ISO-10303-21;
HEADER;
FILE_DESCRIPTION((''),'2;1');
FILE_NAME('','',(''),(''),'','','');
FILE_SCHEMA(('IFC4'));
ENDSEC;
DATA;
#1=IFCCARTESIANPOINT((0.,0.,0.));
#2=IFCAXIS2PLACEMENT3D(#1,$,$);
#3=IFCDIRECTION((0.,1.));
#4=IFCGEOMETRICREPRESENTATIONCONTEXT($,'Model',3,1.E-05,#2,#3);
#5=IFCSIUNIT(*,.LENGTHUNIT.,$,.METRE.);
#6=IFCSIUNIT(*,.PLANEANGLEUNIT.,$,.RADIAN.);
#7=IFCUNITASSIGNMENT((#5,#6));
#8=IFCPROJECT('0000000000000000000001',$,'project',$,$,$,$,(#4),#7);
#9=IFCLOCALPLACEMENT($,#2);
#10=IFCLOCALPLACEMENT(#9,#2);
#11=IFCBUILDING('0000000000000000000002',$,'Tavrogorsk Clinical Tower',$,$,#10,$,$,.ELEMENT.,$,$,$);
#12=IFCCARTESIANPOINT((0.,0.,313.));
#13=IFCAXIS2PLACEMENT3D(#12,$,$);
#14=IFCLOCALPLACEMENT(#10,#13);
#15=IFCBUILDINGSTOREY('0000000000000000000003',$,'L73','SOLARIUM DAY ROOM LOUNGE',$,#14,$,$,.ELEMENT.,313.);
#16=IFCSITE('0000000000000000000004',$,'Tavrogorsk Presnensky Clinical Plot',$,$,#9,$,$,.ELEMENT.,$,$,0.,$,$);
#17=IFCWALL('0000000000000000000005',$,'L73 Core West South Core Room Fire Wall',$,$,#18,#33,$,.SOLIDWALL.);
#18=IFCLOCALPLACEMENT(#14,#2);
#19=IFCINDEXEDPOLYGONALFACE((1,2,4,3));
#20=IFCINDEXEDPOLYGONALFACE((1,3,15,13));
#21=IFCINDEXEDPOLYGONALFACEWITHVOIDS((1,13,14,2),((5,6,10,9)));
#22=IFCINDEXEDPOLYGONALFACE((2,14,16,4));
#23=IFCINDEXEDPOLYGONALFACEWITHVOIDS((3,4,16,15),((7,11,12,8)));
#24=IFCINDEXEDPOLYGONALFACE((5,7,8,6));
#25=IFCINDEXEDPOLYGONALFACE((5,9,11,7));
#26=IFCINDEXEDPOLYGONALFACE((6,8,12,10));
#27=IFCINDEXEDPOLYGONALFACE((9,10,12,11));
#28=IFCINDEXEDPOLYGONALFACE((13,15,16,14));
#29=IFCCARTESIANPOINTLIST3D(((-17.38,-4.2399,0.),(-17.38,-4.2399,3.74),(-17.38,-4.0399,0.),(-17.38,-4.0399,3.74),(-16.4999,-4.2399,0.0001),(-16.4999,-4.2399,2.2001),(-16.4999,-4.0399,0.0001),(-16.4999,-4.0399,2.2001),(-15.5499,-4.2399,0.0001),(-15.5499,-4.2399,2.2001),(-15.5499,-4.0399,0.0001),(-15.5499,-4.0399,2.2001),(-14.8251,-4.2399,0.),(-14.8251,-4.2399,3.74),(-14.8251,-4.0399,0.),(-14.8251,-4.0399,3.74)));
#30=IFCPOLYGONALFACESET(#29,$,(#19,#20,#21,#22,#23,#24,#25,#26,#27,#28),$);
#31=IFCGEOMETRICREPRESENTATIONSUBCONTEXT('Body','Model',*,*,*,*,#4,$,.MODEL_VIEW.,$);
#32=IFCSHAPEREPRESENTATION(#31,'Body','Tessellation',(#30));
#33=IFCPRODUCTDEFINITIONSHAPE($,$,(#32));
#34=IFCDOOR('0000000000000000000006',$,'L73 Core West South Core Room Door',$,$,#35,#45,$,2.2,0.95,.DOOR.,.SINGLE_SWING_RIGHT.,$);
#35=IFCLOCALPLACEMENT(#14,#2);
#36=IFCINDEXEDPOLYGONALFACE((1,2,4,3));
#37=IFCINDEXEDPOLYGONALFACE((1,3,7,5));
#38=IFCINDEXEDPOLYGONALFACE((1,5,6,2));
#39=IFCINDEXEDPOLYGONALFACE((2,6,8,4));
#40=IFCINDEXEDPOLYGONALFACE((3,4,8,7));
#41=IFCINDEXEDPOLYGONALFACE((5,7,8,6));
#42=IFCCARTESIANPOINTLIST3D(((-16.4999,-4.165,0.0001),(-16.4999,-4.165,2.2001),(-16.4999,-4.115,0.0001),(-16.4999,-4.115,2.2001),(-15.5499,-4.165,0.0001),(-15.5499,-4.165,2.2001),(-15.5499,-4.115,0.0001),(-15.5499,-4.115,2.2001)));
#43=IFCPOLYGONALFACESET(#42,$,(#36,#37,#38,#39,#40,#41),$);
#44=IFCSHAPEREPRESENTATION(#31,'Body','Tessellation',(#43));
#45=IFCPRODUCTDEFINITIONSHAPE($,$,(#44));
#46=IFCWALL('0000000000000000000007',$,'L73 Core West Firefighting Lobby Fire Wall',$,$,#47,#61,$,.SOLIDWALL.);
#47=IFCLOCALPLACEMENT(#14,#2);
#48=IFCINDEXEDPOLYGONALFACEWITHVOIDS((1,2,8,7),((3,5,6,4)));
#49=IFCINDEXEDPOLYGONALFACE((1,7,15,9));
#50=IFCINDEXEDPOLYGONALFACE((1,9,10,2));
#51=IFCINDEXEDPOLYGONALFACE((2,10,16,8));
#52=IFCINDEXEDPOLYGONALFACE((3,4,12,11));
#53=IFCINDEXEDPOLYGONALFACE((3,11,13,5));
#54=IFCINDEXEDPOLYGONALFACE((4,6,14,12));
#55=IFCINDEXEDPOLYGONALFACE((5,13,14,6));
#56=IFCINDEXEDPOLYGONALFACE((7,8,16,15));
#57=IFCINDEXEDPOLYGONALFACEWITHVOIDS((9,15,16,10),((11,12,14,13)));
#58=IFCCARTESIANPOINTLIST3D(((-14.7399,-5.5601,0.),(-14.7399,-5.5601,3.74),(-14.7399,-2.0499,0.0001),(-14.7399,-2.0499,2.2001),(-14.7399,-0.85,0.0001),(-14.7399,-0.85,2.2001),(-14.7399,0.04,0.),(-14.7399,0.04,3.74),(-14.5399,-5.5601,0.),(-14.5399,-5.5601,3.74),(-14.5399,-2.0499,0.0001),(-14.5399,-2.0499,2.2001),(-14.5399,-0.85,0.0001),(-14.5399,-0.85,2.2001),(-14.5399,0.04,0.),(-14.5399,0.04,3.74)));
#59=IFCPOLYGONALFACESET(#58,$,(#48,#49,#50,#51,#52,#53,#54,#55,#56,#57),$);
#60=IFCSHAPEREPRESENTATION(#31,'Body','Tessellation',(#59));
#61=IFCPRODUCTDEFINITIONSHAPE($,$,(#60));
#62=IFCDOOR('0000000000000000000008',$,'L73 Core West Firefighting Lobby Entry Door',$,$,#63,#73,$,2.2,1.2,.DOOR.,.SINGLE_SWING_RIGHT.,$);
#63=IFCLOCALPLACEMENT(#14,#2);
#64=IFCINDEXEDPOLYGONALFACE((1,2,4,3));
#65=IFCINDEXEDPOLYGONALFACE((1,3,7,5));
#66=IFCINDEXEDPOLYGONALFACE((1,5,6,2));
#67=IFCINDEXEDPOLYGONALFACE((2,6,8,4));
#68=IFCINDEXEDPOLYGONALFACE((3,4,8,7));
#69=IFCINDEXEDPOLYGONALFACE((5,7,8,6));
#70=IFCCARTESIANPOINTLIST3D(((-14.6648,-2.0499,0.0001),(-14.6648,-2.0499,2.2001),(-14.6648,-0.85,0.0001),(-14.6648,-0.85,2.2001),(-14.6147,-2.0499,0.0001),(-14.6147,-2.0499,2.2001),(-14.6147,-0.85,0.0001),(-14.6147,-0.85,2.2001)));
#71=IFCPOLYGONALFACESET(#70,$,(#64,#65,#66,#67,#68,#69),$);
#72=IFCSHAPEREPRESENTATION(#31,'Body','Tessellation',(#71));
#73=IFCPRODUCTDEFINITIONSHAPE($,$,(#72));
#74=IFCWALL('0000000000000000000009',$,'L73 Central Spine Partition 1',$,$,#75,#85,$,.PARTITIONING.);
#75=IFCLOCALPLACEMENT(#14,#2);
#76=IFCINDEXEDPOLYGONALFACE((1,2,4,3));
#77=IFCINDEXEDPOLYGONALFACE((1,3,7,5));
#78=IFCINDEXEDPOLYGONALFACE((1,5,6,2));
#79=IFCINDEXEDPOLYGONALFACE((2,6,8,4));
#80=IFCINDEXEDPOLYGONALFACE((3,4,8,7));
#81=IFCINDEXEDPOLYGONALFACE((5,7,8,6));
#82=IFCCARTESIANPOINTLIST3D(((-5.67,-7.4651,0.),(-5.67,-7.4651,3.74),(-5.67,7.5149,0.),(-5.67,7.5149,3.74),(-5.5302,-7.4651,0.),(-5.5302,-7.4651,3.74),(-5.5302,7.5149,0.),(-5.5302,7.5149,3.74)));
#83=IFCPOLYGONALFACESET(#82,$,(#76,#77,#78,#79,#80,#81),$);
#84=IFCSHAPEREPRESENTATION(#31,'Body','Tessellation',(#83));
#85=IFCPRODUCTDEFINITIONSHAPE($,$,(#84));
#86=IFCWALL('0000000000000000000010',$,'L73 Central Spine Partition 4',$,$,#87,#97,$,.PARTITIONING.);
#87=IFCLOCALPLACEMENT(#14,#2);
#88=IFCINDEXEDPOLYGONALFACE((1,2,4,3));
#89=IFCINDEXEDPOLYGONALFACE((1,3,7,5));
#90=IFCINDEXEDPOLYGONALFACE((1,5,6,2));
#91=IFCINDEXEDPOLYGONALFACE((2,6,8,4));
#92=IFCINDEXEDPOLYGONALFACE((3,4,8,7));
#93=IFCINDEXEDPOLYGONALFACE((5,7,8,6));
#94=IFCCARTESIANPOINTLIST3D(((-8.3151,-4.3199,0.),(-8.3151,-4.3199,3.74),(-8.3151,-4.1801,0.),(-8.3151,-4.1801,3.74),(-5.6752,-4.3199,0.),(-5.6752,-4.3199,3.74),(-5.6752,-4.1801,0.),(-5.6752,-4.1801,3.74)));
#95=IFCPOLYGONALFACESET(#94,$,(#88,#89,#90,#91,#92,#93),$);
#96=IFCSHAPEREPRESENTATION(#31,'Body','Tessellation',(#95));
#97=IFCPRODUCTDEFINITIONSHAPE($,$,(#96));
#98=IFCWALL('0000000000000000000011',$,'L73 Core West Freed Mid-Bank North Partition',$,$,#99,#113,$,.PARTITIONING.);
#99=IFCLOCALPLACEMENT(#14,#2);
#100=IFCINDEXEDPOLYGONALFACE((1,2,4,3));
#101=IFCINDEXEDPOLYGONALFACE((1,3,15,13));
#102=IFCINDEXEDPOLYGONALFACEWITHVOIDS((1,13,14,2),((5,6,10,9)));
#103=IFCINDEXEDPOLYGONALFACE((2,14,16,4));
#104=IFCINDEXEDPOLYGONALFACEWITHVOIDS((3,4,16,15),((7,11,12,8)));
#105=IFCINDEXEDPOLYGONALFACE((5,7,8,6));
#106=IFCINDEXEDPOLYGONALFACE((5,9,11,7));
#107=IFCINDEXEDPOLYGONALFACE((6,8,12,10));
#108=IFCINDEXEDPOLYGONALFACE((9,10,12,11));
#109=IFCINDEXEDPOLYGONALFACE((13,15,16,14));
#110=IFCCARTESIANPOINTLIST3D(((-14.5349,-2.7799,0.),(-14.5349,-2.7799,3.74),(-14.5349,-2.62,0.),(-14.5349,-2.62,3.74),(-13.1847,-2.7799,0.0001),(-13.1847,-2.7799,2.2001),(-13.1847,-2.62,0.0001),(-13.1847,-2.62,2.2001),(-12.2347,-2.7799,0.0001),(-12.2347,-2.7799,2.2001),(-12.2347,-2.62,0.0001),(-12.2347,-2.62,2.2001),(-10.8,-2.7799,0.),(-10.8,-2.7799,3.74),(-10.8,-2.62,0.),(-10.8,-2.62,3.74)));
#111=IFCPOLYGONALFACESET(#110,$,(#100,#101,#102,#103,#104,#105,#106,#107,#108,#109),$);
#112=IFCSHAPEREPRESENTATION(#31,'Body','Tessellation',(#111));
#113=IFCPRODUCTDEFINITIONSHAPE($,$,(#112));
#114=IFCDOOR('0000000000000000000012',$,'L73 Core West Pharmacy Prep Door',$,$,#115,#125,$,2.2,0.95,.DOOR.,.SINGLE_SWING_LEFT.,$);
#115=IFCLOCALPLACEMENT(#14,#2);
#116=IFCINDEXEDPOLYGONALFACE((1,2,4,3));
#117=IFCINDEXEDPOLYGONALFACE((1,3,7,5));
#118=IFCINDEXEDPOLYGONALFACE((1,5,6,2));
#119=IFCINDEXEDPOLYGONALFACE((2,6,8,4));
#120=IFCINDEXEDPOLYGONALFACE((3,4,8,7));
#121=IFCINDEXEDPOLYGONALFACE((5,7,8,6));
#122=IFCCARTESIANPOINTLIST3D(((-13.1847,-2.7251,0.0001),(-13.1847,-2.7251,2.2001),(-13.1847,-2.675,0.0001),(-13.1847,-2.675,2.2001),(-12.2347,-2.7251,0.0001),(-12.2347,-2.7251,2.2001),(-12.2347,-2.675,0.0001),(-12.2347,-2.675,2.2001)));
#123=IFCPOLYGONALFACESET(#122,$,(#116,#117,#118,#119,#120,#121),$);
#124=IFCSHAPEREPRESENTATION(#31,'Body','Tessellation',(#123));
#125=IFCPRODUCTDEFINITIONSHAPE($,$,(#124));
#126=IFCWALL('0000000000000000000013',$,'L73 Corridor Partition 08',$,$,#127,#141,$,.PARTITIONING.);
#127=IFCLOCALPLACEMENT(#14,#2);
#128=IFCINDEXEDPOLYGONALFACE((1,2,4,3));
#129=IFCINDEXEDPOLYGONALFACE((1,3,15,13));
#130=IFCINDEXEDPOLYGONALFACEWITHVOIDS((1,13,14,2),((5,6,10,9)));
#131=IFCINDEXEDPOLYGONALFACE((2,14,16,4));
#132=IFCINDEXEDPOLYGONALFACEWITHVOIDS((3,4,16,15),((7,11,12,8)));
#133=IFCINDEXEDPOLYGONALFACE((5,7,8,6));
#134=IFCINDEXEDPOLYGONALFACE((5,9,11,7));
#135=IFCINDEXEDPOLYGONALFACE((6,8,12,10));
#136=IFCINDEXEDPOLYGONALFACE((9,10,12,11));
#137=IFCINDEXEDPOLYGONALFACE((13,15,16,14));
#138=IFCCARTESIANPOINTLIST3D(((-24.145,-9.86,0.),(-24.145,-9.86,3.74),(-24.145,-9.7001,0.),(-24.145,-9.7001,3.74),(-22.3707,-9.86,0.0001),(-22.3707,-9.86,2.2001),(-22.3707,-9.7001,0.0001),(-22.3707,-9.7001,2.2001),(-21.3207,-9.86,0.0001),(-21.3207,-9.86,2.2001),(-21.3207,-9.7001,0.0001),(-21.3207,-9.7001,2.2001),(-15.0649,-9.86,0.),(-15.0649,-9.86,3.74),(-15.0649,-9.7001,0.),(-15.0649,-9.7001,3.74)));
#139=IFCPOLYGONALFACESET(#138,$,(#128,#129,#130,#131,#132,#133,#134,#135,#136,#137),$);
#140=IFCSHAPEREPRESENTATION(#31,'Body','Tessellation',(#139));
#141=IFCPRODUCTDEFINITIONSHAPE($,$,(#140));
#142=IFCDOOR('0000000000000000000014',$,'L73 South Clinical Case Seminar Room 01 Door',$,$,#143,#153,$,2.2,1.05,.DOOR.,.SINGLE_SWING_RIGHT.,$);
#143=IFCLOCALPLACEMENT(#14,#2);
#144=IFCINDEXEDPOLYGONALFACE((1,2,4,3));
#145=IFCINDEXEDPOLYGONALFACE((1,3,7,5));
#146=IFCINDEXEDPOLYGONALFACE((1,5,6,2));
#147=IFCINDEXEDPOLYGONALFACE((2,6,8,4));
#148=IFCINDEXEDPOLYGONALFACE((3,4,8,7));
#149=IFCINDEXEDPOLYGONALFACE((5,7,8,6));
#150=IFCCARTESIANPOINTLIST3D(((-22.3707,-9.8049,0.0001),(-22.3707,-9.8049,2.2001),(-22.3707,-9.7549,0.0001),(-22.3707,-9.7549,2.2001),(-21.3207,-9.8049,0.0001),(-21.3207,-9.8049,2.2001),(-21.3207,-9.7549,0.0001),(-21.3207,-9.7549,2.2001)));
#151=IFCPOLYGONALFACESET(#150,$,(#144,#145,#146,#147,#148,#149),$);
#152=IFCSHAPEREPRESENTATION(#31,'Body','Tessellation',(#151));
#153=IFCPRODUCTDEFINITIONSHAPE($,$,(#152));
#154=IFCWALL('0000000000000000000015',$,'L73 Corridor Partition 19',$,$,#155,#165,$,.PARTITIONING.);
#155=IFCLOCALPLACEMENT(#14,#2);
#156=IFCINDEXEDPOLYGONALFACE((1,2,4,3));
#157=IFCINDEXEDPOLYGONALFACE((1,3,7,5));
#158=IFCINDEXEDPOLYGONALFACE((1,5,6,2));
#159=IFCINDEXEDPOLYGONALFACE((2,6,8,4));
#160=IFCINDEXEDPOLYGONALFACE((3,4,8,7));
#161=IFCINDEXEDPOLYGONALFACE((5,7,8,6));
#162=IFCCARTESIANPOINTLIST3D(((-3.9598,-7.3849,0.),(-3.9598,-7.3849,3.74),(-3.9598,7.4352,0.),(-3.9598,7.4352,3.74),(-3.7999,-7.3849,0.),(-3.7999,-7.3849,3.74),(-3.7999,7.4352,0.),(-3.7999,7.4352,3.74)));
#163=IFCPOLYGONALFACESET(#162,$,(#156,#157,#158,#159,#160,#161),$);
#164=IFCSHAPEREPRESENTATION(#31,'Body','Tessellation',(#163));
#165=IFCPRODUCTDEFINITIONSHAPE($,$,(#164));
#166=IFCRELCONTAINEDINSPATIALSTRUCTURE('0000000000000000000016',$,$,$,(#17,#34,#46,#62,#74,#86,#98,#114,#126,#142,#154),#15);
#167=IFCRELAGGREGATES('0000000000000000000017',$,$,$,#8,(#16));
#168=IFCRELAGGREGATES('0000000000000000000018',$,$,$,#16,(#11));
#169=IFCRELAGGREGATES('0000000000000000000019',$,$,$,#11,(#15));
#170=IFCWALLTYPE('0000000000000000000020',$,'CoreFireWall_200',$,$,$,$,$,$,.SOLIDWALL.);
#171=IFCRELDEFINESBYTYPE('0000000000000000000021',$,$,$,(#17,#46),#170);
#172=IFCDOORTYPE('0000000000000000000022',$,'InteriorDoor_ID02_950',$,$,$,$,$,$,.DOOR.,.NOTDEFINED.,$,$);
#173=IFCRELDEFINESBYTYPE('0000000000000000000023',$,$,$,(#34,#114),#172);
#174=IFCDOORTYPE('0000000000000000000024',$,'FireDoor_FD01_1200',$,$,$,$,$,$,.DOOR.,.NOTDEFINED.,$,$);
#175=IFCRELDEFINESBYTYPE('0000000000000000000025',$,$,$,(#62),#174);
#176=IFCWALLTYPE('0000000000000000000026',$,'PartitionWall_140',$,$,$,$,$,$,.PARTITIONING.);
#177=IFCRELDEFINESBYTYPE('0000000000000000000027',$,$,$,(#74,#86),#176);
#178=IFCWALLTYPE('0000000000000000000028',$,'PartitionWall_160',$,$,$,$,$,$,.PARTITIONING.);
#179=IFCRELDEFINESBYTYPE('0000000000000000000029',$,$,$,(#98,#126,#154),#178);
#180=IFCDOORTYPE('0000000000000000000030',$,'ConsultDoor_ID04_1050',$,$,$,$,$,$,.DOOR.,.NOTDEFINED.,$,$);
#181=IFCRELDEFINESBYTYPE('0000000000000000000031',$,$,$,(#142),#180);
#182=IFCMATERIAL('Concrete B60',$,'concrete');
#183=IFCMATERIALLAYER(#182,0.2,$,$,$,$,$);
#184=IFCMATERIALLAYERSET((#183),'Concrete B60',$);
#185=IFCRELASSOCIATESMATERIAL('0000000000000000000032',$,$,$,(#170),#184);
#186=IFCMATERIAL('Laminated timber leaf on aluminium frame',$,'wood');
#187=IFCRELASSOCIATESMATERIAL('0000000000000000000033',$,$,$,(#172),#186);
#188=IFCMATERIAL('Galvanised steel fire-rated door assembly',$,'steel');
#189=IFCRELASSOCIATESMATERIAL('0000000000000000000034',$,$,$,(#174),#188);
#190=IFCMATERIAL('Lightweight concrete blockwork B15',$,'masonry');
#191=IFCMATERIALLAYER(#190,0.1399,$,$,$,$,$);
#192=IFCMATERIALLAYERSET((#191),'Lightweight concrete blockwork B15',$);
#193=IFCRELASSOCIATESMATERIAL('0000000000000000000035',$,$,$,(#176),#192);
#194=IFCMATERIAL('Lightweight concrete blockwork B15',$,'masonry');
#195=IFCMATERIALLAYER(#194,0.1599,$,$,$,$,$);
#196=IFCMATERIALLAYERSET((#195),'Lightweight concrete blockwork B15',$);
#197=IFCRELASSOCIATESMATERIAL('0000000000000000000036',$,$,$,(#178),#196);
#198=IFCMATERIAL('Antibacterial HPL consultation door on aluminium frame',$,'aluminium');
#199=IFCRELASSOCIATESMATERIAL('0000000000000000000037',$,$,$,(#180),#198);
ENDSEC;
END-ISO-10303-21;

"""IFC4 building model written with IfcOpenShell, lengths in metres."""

from ifc_helpers import new_model, si_unit, direction, frame, frame_2d, origin, place, context, subcontext, project, spatial, rectangle, extrude, material, layer, layer_set, type_object, element, fill, save


model = new_model("IFC4")

# Units and contexts
model_context = context("Model", 3, precision=1e-05, world=origin(), true_north=direction((0.0, 1.0)))
body_context = subcontext(model_context, "Body", "Model", "MODEL_VIEW")
ifc_project = project(units=[si_unit("LENGTHUNIT", "METRE"), si_unit("PLANEANGLEUNIT", "RADIAN")], contexts=[model_context])

# Site, building, storey
site_placement = place(None, origin())
site = spatial("IfcSite", under=ifc_project, at=site_placement, Name="Tavrogorsk Presnensky Clinical Plot", CompositionType="ELEMENT", RefElevation=0.0)
building_placement = place(site_placement, origin())
building = spatial("IfcBuilding", under=site, at=building_placement, Name="Tavrogorsk Clinical Tower", CompositionType="ELEMENT")
storey_placement = place(building_placement, frame((0.0, 0.0, 313.0)))
storey = spatial("IfcBuildingStorey", under=building, at=storey_placement, Name="L73", Description="SOLARIUM DAY ROOM LOUNGE", CompositionType="ELEMENT", Elevation=313.0)

# Walls, openings, doors
ifc_material_1 = material(Name="Concrete B60", Category="concrete")
ifc_layer_1 = layer(ifc_material_1, 0.2)
ifc_layer_set_1 = layer_set([ifc_layer_1], Name="Concrete B60")
wall_type_1 = type_object("IfcWallType", Name="CoreFireWall_200", PredefinedType="SOLIDWALL", material=ifc_layer_set_1)
wall_1_placement = place(storey_placement, frame((-17.3799, -4.1399, 0.0), z_axis=(0.0, 0.0, 1.0), x_axis=(1.0, 0.0, 0.0)))
wall_1 = element("IfcWall", 1, at=wall_1_placement, inside=storey, type_object=wall_type_1, Name="L73 Core West South Core Room Fire Wall", PredefinedType="SOLIDWALL", context=body_context, shape_type="SweptSolid", body=[
    extrude(rectangle(XDim=2.5549, YDim=0.2, at=frame_2d((1.2773, 0.0))), origin(), (0.0, 0.0, 1.0), 3.74),
])
opening_1_placement = place(wall_1_placement, frame((0.8799, 0.0, 0.0)))
opening_1 = element("IfcOpeningElement", 2, at=opening_1_placement, cuts=wall_1, PredefinedType="OPENING", context=body_context, shape_type="SweptSolid", body=[
    extrude(rectangle(XDim=0.95, YDim=2.2, at=frame_2d((0.4751, 1.1001))), frame((0.0, 0.1099, 0.0), z_axis=(0.0, -1.0, 0.0), x_axis=(1.0, 0.0, 0.0)), (0.0, 0.0, 1.0), 0.22),
])
ifc_material_2 = material(Name="Laminated timber leaf on aluminium frame", Category="wood")
door_type_1 = type_object("IfcDoorType", Name="InteriorDoor_ID02_950", OperationType="NOTDEFINED", PredefinedType="DOOR", material=ifc_material_2)
door_1_placement = place(opening_1_placement, origin())
door_1 = element("IfcDoor", 3, at=door_1_placement, inside=storey, type_object=door_type_1, Name="L73 Core West South Core Room Door", OperationType="SINGLE_SWING_RIGHT", OverallHeight=2.2, OverallWidth=0.95, PredefinedType="DOOR", context=body_context, shape_type="SweptSolid", body=[
    extrude(rectangle(XDim=0.95, YDim=2.2, at=frame_2d((0.4751, 1.1001))), frame((0.0, 0.0249, 0.0), z_axis=(0.0, -1.0, 0.0), x_axis=(1.0, 0.0, 0.0)), (0.0, 0.0, 1.0), 0.05),
])
fill(opening_1, door_1)
wall_2_placement = place(storey_placement, frame((-14.6399, -5.5601, 0.0), z_axis=(0.0, 0.0, 1.0), x_axis=(0.0, 1.0, 0.0)))
wall_2 = element("IfcWall", 4, at=wall_2_placement, inside=storey, type_object=wall_type_1, Name="L73 Core West Firefighting Lobby Fire Wall", PredefinedType="SOLIDWALL", context=body_context, shape_type="SweptSolid", body=[
    extrude(rectangle(XDim=5.6001, YDim=0.2, at=frame_2d((2.8, 0.0))), origin(), (0.0, 0.0, 1.0), 3.74),
])
opening_2_placement = place(wall_2_placement, frame((3.51, 0.0, 0.0)))
opening_2 = element("IfcOpeningElement", 5, at=opening_2_placement, cuts=wall_2, PredefinedType="OPENING", context=body_context, shape_type="SweptSolid", body=[
    extrude(rectangle(XDim=1.2, YDim=2.2, at=frame_2d((0.6001, 1.1001))), frame((0.0, 0.1099, 0.0), z_axis=(0.0, -1.0, 0.0), x_axis=(1.0, 0.0, 0.0)), (0.0, 0.0, 1.0), 0.22),
])
ifc_material_3 = material(Name="Galvanised steel fire-rated door assembly", Category="steel")
door_type_2 = type_object("IfcDoorType", Name="FireDoor_FD01_1200", OperationType="NOTDEFINED", PredefinedType="DOOR", material=ifc_material_3)
door_2_placement = place(opening_2_placement, origin())
door_2 = element("IfcDoor", 6, at=door_2_placement, inside=storey, type_object=door_type_2, Name="L73 Core West Firefighting Lobby Entry Door", OperationType="SINGLE_SWING_RIGHT", OverallHeight=2.2, OverallWidth=1.2, PredefinedType="DOOR", context=body_context, shape_type="SweptSolid", body=[
    extrude(rectangle(XDim=1.2, YDim=2.2, at=frame_2d((0.6001, 1.1001))), frame((0.0, 0.0249, 0.0), z_axis=(0.0, -1.0, 0.0), x_axis=(1.0, 0.0, 0.0)), (0.0, 0.0, 1.0), 0.05),
])
fill(opening_2, door_2)

# Walls
ifc_material_4 = material(Name="Lightweight concrete blockwork B15", Category="masonry")
ifc_layer_2 = layer(ifc_material_4, 0.1399)
ifc_layer_set_2 = layer_set([ifc_layer_2], Name="Lightweight concrete blockwork B15")
wall_type_2 = type_object("IfcWallType", Name="PartitionWall_140", PredefinedType="PARTITIONING", material=ifc_layer_set_2)
wall_3_placement = place(storey_placement, frame((-5.6001, -7.4651, 0.0), z_axis=(0.0, 0.0, 1.0), x_axis=(0.0, 1.0, 0.0)))
element("IfcWall", 7, at=wall_3_placement, inside=storey, type_object=wall_type_2, Name="L73 Central Spine Partition 1", PredefinedType="PARTITIONING", context=body_context, shape_type="SweptSolid", body=[
    extrude(rectangle(XDim=14.98, YDim=0.1399, at=frame_2d((7.49, 0.0))), origin(), (0.0, 0.0, 1.0), 3.74),
])
wall_4_placement = place(storey_placement, frame((-8.3149, -4.25, 0.0), z_axis=(0.0, 0.0, 1.0), x_axis=(1.0, 0.0, 0.0)))
element("IfcWall", 8, at=wall_4_placement, inside=storey, type_object=wall_type_2, Name="L73 Central Spine Partition 4", PredefinedType="PARTITIONING", context=body_context, shape_type="SweptSolid", body=[
    extrude(rectangle(XDim=2.6399, YDim=0.1399, at=frame_2d((1.3198, 0.0))), origin(), (0.0, 0.0, 1.0), 3.74),
])

# Walls, openings, doors
ifc_material_5 = material(Name="Lightweight concrete blockwork B15", Category="masonry")
ifc_layer_3 = layer(ifc_material_5, 0.1599)
ifc_layer_set_3 = layer_set([ifc_layer_3], Name="Lightweight concrete blockwork B15")
wall_type_3 = type_object("IfcWallType", Name="PartitionWall_160", PredefinedType="PARTITIONING", material=ifc_layer_set_3)
wall_5_placement = place(storey_placement, frame((-14.5349, -2.7, 0.0), z_axis=(0.0, 0.0, 1.0), x_axis=(1.0, 0.0, 0.0)))
wall_5 = element("IfcWall", 9, at=wall_5_placement, inside=storey, type_object=wall_type_3, Name="L73 Core West Freed Mid-Bank North Partition", PredefinedType="PARTITIONING", context=body_context, shape_type="SweptSolid", body=[
    extrude(rectangle(XDim=3.7349, YDim=0.1599, at=frame_2d((1.8674, 0.0))), origin(), (0.0, 0.0, 1.0), 3.74),
])
opening_3_placement = place(wall_5_placement, frame((1.3501, 0.0, 0.0)))
opening_3 = element("IfcOpeningElement", 10, at=opening_3_placement, cuts=wall_5, PredefinedType="OPENING", context=body_context, shape_type="SweptSolid", body=[
    extrude(rectangle(XDim=0.95, YDim=2.2, at=frame_2d((0.4751, 1.1001))), frame((0.0, 0.0898, 0.0), z_axis=(0.0, -1.0, 0.0), x_axis=(1.0, 0.0, 0.0)), (0.0, 0.0, 1.0), 0.1799),
])
door_3_placement = place(opening_3_placement, origin())
door_3 = element("IfcDoor", 11, at=door_3_placement, inside=storey, type_object=door_type_1, Name="L73 Core West Pharmacy Prep Door", OperationType="SINGLE_SWING_LEFT", OverallHeight=2.2, OverallWidth=0.95, PredefinedType="DOOR", context=body_context, shape_type="SweptSolid", body=[
    extrude(rectangle(XDim=0.95, YDim=2.2, at=frame_2d((0.4751, 1.1001))), frame((0.0, 0.0249, 0.0), z_axis=(0.0, -1.0, 0.0), x_axis=(1.0, 0.0, 0.0)), (0.0, 0.0, 1.0), 0.05),
])
fill(opening_3, door_3)
wall_6_placement = place(storey_placement, frame((-15.0649, -9.78, 0.0), z_axis=(0.0, 0.0, 1.0), x_axis=(-1.0, 0.0, 0.0)))
wall_6 = element("IfcWall", 12, at=wall_6_placement, inside=storey, type_object=wall_type_3, Name="L73 Corridor Partition 08", PredefinedType="PARTITIONING", context=body_context, shape_type="SweptSolid", body=[
    extrude(rectangle(XDim=9.0801, YDim=0.1599, at=frame_2d((4.54, 0.0))), origin(), (0.0, 0.0, 1.0), 3.74),
])
opening_4_placement = place(wall_6_placement, frame((6.2559, 0.0, 0.0)))
opening_4 = element("IfcOpeningElement", 13, at=opening_4_placement, cuts=wall_6, PredefinedType="OPENING", context=body_context, shape_type="SweptSolid", body=[
    extrude(rectangle(XDim=1.05, YDim=2.2, at=frame_2d((0.5249, 1.1001))), frame((0.0, 0.0898, 0.0), z_axis=(0.0, -1.0, 0.0), x_axis=(1.0, 0.0, 0.0)), (0.0, 0.0, 1.0), 0.1799),
])
ifc_material_6 = material(Name="Antibacterial HPL consultation door on aluminium frame", Category="aluminium")
door_type_3 = type_object("IfcDoorType", Name="ConsultDoor_ID04_1050", OperationType="NOTDEFINED", PredefinedType="DOOR", material=ifc_material_6)
door_4_placement = place(opening_4_placement, origin())
door_4 = element("IfcDoor", 14, at=door_4_placement, inside=storey, type_object=door_type_3, Name="L73 South Clinical Case Seminar Room 01 Door", OperationType="SINGLE_SWING_RIGHT", OverallHeight=2.2, OverallWidth=1.05, PredefinedType="DOOR", context=body_context, shape_type="SweptSolid", body=[
    extrude(rectangle(XDim=1.05, YDim=2.2, at=frame_2d((0.5249, 1.1001))), frame((0.0, 0.0249, 0.0), z_axis=(0.0, -1.0, 0.0), x_axis=(1.0, 0.0, 0.0)), (0.0, 0.0, 1.0), 0.05),
])
fill(opening_4, door_4)

# Wall
wall_7_placement = place(storey_placement, frame((-3.8799, -7.385, 0.0), z_axis=(0.0, 0.0, 1.0), x_axis=(0.0, 1.0, 0.0)))
element("IfcWall", 15, at=wall_7_placement, inside=storey, type_object=wall_type_3, Name="L73 Corridor Partition 19", PredefinedType="PARTITIONING", context=body_context, shape_type="SweptSolid", body=[
    extrude(rectangle(XDim=14.8201, YDim=0.1599, at=frame_2d((7.4102, 0.0))), origin(), (0.0, 0.0, 1.0), 3.74),
])

save(model, "model.ifc")
